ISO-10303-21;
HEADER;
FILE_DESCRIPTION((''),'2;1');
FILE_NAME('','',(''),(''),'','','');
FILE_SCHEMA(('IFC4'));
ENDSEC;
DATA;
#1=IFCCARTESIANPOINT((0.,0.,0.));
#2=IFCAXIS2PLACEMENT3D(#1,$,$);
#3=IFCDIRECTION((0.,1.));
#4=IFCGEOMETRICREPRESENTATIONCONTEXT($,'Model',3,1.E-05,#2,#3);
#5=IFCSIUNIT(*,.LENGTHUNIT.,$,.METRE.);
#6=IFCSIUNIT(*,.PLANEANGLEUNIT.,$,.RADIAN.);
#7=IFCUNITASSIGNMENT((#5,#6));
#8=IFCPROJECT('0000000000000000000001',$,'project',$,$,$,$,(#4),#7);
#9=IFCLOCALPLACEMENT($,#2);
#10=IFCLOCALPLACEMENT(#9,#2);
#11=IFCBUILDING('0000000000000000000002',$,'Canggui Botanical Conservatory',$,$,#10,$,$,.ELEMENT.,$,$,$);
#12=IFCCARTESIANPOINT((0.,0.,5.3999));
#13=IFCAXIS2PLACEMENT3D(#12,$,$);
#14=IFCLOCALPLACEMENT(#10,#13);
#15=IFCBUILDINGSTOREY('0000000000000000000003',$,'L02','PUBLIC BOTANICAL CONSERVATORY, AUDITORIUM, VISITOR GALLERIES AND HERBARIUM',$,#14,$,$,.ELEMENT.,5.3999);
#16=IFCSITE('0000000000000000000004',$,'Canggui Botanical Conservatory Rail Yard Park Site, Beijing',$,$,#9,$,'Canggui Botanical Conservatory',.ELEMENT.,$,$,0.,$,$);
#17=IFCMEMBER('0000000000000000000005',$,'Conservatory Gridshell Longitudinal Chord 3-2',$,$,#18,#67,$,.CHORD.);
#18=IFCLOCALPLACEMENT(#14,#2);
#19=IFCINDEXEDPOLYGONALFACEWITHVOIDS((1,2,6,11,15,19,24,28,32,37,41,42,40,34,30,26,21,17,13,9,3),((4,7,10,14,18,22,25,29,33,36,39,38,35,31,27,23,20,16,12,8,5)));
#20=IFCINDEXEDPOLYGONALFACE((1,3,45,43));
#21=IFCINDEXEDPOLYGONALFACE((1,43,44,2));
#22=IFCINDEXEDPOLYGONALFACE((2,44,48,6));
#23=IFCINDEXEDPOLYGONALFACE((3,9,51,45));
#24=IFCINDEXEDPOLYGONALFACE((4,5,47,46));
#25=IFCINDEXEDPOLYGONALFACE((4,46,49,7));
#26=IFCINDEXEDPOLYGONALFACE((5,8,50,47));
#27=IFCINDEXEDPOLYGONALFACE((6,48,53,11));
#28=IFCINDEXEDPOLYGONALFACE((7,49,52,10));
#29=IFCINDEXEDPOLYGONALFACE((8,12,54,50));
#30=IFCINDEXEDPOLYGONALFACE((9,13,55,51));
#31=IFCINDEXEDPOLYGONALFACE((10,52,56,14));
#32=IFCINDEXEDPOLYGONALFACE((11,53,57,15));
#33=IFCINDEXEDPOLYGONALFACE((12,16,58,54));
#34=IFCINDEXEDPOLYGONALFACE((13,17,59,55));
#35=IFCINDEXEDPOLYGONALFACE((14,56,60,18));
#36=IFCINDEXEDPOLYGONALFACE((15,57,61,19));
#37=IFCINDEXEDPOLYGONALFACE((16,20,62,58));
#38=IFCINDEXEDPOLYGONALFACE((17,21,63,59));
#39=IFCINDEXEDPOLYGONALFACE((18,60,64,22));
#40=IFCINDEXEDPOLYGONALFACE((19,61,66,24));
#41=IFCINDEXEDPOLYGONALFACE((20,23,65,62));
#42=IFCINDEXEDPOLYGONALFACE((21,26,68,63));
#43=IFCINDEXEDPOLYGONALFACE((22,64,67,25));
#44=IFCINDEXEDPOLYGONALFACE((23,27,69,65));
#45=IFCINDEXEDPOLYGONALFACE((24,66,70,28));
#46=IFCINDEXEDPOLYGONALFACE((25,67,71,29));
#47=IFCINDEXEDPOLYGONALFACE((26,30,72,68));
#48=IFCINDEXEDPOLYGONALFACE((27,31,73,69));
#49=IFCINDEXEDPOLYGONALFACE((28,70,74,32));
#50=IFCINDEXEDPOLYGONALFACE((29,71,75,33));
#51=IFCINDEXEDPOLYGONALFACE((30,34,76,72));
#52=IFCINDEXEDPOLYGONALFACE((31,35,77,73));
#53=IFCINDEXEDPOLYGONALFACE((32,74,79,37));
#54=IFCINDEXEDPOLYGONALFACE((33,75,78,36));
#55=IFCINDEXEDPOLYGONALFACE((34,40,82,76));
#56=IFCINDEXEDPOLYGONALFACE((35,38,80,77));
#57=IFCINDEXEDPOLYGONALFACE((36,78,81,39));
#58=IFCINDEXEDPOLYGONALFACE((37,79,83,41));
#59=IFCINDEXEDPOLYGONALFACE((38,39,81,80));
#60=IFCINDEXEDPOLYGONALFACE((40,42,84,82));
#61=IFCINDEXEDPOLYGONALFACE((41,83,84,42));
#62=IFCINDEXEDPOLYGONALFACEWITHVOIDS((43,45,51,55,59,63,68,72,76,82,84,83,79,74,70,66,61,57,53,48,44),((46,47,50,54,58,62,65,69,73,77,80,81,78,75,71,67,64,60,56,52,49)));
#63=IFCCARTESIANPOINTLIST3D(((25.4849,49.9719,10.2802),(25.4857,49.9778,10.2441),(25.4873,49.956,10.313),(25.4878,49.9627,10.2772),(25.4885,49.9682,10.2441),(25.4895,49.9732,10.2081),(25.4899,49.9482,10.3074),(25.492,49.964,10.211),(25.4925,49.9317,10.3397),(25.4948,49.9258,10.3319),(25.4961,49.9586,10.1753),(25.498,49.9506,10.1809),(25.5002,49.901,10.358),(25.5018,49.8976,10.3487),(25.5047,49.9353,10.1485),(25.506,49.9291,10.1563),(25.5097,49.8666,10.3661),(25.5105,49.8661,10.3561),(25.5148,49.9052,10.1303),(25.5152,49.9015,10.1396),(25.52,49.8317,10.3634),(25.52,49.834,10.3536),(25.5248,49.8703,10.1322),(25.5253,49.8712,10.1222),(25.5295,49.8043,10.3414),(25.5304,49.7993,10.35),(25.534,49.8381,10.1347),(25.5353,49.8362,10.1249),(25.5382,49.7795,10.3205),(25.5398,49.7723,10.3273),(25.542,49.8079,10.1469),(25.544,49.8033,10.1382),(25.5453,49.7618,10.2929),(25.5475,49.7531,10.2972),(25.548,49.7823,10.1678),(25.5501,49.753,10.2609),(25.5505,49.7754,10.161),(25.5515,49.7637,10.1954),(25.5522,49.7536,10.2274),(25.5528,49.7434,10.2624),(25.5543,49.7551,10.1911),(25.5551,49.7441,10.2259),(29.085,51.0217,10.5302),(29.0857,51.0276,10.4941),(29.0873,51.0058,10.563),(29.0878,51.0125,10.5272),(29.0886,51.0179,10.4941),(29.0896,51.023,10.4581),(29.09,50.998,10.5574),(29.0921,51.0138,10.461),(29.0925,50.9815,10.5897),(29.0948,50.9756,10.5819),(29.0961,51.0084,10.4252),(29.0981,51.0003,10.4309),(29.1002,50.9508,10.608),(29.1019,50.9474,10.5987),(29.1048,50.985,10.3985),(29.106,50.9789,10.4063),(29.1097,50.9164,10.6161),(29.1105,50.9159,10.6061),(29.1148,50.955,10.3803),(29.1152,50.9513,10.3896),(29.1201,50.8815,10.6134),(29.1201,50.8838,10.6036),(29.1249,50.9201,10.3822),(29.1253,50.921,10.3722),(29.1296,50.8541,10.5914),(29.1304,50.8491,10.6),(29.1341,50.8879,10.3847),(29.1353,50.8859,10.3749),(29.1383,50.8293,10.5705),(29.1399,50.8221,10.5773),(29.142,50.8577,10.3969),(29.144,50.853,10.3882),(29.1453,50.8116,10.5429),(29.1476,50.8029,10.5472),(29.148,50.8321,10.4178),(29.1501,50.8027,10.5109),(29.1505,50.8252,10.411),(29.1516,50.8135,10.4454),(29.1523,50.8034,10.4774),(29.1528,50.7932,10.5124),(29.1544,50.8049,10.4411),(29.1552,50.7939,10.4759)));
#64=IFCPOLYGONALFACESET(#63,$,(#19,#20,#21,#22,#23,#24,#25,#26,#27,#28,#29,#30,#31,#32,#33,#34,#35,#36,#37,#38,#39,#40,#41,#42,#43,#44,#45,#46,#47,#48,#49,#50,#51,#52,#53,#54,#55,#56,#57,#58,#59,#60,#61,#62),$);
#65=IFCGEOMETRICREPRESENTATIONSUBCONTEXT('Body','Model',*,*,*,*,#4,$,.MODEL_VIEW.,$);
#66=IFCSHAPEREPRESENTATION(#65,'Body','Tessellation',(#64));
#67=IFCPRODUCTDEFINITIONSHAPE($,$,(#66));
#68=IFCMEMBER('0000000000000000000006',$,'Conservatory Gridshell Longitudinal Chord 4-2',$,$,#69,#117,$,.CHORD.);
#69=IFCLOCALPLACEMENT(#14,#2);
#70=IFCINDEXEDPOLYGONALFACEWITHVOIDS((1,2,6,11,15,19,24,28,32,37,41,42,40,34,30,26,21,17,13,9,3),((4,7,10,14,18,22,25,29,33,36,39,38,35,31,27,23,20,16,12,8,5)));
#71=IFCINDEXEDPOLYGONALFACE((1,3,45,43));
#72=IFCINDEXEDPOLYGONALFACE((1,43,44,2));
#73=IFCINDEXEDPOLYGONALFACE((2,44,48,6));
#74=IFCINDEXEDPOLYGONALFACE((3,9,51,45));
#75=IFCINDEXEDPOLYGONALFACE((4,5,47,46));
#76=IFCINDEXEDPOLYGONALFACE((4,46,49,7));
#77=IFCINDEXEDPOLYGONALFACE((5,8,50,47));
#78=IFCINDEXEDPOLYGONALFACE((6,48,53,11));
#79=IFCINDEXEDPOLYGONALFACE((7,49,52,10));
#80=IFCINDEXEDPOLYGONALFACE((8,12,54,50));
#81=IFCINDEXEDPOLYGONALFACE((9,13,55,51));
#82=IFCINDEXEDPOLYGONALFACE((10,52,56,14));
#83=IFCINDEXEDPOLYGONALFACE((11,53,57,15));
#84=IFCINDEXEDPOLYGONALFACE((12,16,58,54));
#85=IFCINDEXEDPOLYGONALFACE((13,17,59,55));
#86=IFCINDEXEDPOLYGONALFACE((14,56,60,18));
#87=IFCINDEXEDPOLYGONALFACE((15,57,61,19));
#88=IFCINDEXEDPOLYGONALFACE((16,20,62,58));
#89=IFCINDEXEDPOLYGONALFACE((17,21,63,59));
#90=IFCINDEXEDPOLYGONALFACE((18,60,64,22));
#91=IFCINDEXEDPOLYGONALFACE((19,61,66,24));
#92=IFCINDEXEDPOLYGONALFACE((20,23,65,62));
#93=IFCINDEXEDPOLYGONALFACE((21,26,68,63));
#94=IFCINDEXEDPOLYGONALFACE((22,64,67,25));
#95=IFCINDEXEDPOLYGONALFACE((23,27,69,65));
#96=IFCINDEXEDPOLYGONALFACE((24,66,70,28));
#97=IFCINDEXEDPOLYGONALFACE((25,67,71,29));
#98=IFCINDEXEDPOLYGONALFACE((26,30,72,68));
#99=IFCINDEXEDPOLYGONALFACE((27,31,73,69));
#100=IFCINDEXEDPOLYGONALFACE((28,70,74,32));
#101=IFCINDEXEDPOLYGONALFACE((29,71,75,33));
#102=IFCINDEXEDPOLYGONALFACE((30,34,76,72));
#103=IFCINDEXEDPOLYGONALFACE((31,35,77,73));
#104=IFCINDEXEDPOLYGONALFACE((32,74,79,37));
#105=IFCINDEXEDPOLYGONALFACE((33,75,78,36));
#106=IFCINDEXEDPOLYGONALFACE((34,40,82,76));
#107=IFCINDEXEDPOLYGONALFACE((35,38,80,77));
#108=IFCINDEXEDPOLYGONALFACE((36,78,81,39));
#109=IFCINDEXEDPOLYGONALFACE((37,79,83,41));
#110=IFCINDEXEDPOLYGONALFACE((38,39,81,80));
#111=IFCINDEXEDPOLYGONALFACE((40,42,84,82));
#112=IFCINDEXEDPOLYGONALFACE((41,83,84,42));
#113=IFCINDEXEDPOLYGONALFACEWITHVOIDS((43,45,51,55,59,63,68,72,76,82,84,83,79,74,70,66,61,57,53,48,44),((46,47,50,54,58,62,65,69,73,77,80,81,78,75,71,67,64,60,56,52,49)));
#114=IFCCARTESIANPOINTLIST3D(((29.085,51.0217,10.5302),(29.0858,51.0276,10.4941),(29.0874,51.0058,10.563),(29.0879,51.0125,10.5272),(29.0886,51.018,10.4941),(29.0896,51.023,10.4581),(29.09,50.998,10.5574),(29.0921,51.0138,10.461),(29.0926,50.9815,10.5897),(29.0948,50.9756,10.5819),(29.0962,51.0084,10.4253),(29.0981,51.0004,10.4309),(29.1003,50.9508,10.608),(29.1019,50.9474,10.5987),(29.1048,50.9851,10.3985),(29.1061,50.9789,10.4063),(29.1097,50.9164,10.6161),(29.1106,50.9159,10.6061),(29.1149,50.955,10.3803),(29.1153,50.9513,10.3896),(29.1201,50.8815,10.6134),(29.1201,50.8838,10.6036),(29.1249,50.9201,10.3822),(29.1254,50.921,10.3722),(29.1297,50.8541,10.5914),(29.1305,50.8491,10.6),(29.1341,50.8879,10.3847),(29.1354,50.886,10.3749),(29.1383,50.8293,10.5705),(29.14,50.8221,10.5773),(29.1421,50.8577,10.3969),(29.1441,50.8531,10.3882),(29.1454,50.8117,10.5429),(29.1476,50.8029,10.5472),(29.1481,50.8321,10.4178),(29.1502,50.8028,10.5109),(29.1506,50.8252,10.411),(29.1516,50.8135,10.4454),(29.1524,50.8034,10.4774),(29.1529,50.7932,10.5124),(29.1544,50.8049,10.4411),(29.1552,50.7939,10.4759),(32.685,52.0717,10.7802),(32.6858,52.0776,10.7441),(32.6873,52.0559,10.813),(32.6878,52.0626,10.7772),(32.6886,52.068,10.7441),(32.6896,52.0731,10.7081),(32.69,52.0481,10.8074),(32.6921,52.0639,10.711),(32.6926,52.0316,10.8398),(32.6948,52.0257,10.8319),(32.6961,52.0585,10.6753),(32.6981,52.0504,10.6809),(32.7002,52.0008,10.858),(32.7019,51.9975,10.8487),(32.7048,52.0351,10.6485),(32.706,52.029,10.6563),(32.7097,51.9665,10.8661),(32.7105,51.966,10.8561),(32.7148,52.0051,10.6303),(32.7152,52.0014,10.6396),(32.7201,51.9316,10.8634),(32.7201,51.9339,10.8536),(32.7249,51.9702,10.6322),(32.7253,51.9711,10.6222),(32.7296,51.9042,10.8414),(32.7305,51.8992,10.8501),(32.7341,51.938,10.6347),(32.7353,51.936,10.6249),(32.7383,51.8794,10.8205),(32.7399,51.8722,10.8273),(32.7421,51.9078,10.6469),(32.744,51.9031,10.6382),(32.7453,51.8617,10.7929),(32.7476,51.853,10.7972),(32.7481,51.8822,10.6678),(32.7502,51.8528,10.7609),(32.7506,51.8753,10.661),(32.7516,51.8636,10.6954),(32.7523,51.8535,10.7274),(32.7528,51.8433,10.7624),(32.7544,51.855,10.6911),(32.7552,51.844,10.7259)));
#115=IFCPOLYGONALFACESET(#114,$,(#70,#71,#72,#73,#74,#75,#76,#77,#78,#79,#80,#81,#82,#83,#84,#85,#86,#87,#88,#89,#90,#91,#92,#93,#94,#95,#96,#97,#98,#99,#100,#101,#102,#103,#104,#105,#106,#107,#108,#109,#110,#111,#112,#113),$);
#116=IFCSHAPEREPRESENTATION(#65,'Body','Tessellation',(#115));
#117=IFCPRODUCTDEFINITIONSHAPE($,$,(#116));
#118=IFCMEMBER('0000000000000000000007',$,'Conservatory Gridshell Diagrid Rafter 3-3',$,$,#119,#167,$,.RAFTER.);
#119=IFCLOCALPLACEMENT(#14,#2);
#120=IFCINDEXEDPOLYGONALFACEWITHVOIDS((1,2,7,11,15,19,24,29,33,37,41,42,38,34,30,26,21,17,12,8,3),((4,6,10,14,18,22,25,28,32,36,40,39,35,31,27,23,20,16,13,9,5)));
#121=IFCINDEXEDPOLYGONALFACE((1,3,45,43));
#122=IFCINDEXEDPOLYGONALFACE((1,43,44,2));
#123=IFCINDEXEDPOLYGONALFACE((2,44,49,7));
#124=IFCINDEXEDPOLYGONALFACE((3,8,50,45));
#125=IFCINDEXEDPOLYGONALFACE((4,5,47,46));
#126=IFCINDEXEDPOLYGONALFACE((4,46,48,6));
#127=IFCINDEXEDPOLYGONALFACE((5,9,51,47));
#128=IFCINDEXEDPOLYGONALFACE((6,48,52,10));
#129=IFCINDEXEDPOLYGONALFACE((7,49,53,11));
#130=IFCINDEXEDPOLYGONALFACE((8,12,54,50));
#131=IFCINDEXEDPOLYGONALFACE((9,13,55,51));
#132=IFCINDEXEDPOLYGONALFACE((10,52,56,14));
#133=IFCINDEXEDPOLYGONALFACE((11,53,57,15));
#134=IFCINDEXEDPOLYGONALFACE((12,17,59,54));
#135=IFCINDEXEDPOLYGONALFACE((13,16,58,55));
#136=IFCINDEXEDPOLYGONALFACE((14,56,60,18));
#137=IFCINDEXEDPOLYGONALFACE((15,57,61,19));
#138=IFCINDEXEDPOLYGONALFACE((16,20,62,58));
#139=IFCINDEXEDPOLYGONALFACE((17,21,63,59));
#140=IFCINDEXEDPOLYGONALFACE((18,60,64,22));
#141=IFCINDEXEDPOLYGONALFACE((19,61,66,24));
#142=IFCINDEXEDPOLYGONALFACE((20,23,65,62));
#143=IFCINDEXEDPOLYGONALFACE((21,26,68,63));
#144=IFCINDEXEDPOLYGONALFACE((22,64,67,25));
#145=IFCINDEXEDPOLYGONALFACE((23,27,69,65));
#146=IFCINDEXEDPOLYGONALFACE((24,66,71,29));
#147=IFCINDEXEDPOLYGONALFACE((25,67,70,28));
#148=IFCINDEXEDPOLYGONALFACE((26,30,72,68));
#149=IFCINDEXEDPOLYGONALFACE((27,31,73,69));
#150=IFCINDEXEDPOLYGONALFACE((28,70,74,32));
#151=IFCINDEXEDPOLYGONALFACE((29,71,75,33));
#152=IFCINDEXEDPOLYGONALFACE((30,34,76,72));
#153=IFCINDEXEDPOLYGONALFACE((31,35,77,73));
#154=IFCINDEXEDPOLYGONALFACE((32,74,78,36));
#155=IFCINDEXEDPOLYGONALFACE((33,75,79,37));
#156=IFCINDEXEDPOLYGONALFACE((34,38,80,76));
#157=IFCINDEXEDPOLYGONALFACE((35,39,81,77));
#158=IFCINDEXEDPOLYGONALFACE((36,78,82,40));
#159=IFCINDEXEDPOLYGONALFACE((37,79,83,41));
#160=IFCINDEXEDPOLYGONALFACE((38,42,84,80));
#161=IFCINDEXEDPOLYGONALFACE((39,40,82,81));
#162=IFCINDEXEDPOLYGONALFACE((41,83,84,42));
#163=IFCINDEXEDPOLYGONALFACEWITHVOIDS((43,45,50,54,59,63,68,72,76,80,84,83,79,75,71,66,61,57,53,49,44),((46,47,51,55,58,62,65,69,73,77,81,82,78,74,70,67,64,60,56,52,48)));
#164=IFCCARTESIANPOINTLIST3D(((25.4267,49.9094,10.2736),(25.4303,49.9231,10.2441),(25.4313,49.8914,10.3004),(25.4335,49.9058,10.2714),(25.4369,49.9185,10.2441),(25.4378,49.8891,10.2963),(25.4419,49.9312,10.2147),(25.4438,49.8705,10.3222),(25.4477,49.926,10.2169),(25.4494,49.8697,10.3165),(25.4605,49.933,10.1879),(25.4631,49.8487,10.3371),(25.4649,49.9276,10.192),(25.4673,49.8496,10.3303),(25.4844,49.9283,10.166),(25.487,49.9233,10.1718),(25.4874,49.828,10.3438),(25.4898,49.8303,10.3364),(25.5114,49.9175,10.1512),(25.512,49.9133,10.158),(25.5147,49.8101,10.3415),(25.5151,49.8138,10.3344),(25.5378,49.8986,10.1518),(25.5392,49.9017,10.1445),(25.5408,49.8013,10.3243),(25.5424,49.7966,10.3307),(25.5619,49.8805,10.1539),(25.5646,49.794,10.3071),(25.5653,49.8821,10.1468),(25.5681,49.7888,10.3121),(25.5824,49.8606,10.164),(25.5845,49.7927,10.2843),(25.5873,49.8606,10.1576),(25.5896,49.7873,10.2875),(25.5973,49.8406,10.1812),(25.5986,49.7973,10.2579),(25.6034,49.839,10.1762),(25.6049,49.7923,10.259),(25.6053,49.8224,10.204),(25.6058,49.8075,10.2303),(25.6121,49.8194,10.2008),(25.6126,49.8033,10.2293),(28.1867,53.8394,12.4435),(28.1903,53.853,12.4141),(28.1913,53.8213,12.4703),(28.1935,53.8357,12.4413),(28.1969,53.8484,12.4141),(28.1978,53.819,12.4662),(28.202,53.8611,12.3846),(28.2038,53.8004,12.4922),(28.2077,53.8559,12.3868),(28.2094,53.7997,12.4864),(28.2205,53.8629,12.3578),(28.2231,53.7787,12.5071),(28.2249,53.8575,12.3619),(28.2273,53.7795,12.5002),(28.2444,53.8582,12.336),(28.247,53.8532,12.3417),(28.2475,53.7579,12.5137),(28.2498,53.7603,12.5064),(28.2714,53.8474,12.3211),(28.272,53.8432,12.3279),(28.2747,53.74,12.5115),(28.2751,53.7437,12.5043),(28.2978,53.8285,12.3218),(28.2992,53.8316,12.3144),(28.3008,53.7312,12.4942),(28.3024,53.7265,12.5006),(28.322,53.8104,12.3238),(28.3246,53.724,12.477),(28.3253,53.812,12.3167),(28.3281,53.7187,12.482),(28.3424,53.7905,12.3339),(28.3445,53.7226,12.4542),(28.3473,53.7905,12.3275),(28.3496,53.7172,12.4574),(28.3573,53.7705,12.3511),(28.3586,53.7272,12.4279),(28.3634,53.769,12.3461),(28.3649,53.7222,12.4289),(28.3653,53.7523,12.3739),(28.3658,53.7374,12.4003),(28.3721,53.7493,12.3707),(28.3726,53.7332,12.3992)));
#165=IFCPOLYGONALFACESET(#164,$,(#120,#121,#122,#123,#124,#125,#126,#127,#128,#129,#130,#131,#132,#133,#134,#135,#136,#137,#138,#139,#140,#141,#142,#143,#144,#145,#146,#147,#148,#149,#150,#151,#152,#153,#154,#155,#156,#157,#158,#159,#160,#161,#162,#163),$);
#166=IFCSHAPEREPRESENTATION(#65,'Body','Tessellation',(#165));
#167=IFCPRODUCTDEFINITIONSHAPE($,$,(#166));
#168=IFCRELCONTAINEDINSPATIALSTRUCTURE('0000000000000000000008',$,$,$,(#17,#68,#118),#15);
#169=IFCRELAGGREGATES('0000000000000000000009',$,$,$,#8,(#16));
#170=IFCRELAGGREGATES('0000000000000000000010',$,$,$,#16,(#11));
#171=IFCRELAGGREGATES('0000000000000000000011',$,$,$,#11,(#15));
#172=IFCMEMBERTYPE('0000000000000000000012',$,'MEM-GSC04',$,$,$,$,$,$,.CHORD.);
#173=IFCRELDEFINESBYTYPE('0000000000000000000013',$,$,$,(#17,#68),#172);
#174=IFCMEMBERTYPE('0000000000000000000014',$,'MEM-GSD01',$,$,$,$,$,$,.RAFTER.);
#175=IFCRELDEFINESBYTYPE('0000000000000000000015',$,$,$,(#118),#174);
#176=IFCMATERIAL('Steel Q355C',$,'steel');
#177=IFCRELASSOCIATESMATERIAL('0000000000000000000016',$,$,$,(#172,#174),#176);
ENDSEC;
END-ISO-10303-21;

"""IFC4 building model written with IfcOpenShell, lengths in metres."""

from ifc_helpers import new_model, si_unit, direction, frame, origin, origin_2d, place, context, subcontext, project, spatial, hollow_circle, extrude, material, material_profile, profile_set, type_object, element, save


model = new_model("IFC4")

# Units and contexts
model_context = context("Model", 3, precision=1e-05, world=origin(), true_north=direction((0.0, 1.0)))
body_context = subcontext(model_context, "Body", "Model", "MODEL_VIEW")
ifc_project = project(units=[si_unit("LENGTHUNIT", "METRE"), si_unit("PLANEANGLEUNIT", "RADIAN")], contexts=[model_context])

# Site, building, storey
site_placement = place(None, origin())
site = spatial("IfcSite", under=ifc_project, at=site_placement, Name="Canggui Botanical Conservatory Rail Yard Park Site, Beijing", LongName="Canggui Botanical Conservatory", CompositionType="ELEMENT", RefElevation=0.0)
building_placement = place(site_placement, origin())
building = spatial("IfcBuilding", under=site, at=building_placement, Name="Canggui Botanical Conservatory", CompositionType="ELEMENT")
storey_placement = place(building_placement, frame((0.0, 0.0, 5.3999)))
storey = spatial("IfcBuildingStorey", under=building, at=storey_placement, Name="L02", Description="PUBLIC BOTANICAL CONSERVATORY, AUDITORIUM, VISITOR GALLERIES AND HERBARIUM", CompositionType="ELEMENT", Elevation=5.3999)

# Shared definitions
ifc_material_1 = material(Name="Steel Q355C", Category="steel")

# Members
ifc_material_profile_1 = material_profile(ifc_material_1, hollow_circle(Radius=0.1226, WallThickness=0.01, at=origin_2d()), Name="CHS 245x10")
ifc_profile_set_1 = profile_set([ifc_material_profile_1], Name="Steel Q355C")
member_type_1 = type_object("IfcMemberType", Name="MEM-GSC04", PredefinedType="CHORD", material=ifc_profile_set_1)
for number, where, z_axis, x_axis, name in (
    (1, (25.52, 49.8601, 10.2441), (0.95789, 0.279325, 0.066518), (-0.279945, 0.960016, 0.0), "Conservatory Gridshell Longitudinal Chord 3-2"),
    (2, (29.1201, 50.9099, 10.4941), (0.957867, 0.279402, 0.066521), (-0.280023, 0.959993, 0.0), "Conservatory Gridshell Longitudinal Chord 4-2"),
):
    element("IfcMember", number, at=place(storey_placement, frame(where, z_axis=z_axis, x_axis=x_axis)), inside=storey, type_object=member_type_1, Name=name, PredefinedType="CHORD", context=body_context, shape_type="SweptSolid", body=[
        extrude(hollow_circle(Radius=0.1226, WallThickness=0.01, at=origin_2d()), origin(), (0.0, 0.0, 1.0), 3.7583),
    ])
ifc_material_profile_2 = material_profile(ifc_material_1, hollow_circle(Radius=0.1096, WallThickness=0.0081, at=origin_2d()), Name="CHS 219x8")
ifc_profile_set_2 = profile_set([ifc_material_profile_2], Name="Steel Q355C")
member_type_2 = type_object("IfcMemberType", Name="MEM-GSD01", PredefinedType="RAFTER", material=ifc_profile_set_2)
member_1_placement = place(storey_placement, frame((25.52, 49.8601, 10.2441), z_axis=(0.523743, 0.745749, 0.411767), x_axis=(-0.818345, 0.574728, 0.0)))
element("IfcMember", 3, at=member_1_placement, inside=storey, type_object=member_type_2, Name="Conservatory Gridshell Diagrid Rafter 3-3", PredefinedType="RAFTER", context=body_context, shape_type="SweptSolid", body=[
    extrude(hollow_circle(Radius=0.1096, WallThickness=0.0081, at=origin_2d()), origin(), (0.0, 0.0, 1.0), 5.2698),
])

save(model, "model.ifc")
